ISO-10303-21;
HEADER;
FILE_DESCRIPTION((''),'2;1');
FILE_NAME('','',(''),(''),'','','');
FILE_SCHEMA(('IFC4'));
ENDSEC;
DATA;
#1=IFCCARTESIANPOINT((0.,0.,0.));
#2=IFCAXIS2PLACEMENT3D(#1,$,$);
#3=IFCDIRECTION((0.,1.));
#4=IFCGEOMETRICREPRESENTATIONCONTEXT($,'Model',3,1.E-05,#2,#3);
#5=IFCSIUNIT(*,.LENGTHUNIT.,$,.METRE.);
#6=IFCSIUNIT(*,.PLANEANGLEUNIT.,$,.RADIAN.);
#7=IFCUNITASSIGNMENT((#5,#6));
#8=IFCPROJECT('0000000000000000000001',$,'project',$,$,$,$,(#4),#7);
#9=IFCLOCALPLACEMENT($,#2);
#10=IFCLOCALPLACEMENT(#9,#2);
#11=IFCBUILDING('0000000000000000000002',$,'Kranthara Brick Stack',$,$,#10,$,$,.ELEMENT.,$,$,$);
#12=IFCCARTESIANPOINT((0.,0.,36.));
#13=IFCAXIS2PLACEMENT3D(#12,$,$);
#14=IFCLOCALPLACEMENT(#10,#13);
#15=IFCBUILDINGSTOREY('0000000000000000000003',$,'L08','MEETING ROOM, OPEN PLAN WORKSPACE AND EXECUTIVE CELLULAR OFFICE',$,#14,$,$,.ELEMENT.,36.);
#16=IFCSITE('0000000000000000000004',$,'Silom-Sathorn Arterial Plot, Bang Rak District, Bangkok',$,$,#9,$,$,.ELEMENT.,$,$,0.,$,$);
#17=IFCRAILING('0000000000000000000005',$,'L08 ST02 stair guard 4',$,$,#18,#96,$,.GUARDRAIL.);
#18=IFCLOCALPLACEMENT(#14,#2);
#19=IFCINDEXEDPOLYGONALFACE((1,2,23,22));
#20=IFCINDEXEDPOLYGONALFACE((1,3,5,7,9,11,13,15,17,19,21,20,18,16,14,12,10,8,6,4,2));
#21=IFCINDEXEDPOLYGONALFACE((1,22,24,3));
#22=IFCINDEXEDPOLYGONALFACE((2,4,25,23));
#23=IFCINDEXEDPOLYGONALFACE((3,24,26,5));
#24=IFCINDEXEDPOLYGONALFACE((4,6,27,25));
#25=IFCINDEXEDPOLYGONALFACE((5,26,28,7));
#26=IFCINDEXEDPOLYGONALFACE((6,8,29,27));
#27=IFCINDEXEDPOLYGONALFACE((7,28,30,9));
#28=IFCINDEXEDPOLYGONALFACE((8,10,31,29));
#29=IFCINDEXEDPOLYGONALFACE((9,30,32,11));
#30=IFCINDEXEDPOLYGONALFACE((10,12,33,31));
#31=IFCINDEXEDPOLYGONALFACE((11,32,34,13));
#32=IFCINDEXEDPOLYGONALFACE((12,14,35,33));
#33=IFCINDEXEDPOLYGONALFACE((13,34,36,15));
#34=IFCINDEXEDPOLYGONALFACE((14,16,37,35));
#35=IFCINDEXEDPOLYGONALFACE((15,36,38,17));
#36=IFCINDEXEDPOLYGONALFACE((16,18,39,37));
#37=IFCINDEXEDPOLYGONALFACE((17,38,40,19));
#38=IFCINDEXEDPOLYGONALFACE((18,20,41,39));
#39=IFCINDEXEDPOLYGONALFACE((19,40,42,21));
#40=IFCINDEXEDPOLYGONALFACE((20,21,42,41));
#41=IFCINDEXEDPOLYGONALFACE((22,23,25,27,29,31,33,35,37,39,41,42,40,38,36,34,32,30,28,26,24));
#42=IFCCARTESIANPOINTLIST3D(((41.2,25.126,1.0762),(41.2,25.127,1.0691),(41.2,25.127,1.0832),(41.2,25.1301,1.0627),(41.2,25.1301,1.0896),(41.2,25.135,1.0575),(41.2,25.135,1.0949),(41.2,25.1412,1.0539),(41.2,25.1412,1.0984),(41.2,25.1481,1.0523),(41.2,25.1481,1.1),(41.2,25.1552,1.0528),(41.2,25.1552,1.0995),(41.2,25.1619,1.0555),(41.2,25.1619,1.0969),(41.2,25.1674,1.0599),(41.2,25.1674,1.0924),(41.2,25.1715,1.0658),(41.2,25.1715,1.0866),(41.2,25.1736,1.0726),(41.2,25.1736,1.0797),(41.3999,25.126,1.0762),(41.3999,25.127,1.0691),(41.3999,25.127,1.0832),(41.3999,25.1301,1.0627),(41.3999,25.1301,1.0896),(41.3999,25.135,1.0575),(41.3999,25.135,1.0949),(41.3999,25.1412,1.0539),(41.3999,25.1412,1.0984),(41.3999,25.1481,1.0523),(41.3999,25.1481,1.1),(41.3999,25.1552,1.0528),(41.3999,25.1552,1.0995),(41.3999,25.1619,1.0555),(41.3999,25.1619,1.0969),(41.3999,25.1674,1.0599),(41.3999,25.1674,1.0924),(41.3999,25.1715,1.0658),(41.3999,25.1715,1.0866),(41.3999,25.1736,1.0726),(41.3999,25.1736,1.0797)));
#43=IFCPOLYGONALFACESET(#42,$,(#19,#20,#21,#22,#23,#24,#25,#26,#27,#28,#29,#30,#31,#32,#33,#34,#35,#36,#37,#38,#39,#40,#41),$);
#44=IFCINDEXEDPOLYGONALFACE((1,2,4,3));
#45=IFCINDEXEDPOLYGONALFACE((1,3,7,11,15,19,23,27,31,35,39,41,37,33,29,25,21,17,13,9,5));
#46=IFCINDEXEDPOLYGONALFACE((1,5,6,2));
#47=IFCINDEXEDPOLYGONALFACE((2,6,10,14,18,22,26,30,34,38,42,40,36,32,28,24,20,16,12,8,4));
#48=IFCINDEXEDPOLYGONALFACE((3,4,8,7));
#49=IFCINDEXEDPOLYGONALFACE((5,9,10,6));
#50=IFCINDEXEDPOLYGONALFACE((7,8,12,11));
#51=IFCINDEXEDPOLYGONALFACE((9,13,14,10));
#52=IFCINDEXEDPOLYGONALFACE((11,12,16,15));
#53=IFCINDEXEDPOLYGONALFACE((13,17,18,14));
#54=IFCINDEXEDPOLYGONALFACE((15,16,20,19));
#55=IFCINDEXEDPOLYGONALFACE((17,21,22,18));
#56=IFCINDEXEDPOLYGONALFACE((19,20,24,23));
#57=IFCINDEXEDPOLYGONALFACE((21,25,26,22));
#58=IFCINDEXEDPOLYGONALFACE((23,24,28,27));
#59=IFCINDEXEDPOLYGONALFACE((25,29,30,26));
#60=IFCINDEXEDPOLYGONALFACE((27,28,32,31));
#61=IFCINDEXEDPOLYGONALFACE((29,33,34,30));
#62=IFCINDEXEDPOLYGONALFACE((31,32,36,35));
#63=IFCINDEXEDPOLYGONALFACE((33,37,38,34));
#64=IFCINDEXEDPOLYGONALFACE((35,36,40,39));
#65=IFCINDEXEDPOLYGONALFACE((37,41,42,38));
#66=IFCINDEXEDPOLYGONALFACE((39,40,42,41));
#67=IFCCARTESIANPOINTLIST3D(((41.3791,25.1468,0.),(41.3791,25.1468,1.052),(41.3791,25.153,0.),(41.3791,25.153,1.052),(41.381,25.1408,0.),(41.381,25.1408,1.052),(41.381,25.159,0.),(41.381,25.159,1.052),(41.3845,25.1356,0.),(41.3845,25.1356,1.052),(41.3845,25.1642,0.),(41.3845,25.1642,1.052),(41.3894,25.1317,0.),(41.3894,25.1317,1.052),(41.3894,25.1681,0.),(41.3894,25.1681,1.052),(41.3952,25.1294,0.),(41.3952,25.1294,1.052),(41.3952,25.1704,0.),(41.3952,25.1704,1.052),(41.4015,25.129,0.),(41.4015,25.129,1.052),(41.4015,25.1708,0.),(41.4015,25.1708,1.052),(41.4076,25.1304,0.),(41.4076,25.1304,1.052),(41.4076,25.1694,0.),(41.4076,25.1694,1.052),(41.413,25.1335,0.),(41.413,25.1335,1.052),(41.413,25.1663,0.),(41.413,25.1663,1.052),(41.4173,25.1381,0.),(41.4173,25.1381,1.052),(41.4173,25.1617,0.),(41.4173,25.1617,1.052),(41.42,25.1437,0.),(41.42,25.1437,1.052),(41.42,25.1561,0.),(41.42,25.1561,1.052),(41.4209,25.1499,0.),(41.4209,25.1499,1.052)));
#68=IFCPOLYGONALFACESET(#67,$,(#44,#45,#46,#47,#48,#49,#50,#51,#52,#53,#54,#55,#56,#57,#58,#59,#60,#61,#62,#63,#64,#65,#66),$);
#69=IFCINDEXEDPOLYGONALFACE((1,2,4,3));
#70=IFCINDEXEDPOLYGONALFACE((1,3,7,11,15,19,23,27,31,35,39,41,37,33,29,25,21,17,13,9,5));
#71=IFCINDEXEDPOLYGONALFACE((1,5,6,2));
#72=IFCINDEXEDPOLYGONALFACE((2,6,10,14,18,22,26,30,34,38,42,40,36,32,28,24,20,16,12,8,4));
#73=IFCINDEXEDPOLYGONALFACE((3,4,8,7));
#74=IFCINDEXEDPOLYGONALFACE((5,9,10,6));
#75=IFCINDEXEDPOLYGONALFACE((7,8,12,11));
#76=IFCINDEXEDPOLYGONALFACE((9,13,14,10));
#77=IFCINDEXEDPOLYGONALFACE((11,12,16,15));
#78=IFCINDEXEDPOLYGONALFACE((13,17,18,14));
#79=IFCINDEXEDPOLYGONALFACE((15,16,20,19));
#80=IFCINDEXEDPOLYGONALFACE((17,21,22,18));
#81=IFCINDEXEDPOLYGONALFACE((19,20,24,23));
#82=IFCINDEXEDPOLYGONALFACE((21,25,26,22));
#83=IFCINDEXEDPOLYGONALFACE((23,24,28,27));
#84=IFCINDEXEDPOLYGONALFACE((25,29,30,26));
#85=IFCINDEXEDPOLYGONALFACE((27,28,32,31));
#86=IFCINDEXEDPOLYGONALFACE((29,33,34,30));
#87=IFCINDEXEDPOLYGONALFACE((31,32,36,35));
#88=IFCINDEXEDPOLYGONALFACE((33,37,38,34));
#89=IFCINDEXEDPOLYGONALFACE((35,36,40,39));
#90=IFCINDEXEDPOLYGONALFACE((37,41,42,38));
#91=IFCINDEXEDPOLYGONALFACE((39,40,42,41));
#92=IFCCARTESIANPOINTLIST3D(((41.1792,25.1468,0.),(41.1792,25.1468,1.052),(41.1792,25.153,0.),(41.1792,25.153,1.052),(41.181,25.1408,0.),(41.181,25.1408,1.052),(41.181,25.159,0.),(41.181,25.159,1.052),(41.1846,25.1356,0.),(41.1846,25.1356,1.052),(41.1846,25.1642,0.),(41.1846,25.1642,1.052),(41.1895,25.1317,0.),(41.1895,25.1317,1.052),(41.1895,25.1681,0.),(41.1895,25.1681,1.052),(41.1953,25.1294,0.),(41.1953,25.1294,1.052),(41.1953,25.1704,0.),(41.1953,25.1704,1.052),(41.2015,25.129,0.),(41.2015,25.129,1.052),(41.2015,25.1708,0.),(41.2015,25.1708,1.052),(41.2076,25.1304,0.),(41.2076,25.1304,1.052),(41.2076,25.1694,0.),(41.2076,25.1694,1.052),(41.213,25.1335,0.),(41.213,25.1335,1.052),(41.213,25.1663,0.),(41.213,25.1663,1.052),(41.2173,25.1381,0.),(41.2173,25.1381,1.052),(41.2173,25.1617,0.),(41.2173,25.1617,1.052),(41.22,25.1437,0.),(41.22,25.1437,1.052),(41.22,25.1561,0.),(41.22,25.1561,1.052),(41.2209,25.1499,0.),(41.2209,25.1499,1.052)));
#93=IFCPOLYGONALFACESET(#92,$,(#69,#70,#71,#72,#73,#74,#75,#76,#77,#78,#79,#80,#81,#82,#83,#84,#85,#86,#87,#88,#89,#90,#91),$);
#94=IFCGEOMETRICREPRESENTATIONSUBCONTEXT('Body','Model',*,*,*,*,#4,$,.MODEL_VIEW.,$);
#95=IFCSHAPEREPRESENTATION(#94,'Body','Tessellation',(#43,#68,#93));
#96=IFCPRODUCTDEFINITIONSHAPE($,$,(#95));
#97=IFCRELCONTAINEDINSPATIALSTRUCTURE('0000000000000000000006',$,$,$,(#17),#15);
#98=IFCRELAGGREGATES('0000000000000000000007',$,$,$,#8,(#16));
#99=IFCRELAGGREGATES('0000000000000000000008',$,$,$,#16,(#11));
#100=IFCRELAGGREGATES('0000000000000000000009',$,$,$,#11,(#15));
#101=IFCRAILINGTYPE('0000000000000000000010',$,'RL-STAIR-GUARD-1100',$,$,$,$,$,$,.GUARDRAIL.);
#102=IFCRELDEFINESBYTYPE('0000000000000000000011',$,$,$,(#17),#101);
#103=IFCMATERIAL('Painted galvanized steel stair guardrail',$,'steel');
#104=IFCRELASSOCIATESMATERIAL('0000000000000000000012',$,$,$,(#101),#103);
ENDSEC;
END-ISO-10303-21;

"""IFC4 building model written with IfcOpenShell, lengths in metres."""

from ifc_helpers import new_model, si_unit, direction, frame, origin, origin_2d, place, context, subcontext, project, spatial, circle, extrude, material, type_object, element, save


model = new_model("IFC4")

# Units and contexts
model_context = context("Model", 3, precision=1e-05, world=origin(), true_north=direction((0.0, 1.0)))
body_context = subcontext(model_context, "Body", "Model", "MODEL_VIEW")
ifc_project = project(units=[si_unit("LENGTHUNIT", "METRE"), si_unit("PLANEANGLEUNIT", "RADIAN")], contexts=[model_context])

# Site, building, storey
site_placement = place(None, origin())
site = spatial("IfcSite", under=ifc_project, at=site_placement, Name="Silom-Sathorn Arterial Plot, Bang Rak District, Bangkok", CompositionType="ELEMENT", RefElevation=0.0)
building_placement = place(site_placement, origin())
building = spatial("IfcBuilding", under=site, at=building_placement, Name="Kranthara Brick Stack", CompositionType="ELEMENT")
storey_placement = place(building_placement, frame((0.0, 0.0, 36.0)))
storey = spatial("IfcBuildingStorey", under=building, at=storey_placement, Name="L08", Description="MEETING ROOM, OPEN PLAN WORKSPACE AND EXECUTIVE CELLULAR OFFICE", CompositionType="ELEMENT", Elevation=36.0)

# Railing
ifc_material_1 = material(Name="Painted galvanized steel stair guardrail", Category="steel")
railing_type = type_object("IfcRailingType", Name="RL-STAIR-GUARD-1100", PredefinedType="GUARDRAIL", material=ifc_material_1)
railing_1_placement = place(storey_placement, frame((41.3999, 25.1499, 0.0)))
element("IfcRailing", 1, at=railing_1_placement, inside=storey, type_object=railing_type, Name="L08 ST02 stair guard 4", PredefinedType="GUARDRAIL", context=body_context, shape_type="SweptSolid", body=[
    extrude(circle(Radius=0.0239, at=origin_2d()), frame((0.0, 0.0, 1.0762), z_axis=(-1.0, 0.0, 0.0), x_axis=(0.0, -1.0, 0.0)), (0.0, 0.0, 1.0), 0.2),
    extrude(circle(Radius=0.021, at=origin_2d()), origin(), (0.0, 0.0, 1.0), 1.052),
    extrude(circle(Radius=0.021, at=origin_2d()), frame((-0.2, 0.0, 0.0)), (0.0, 0.0, 1.0), 1.052),
])

save(model, "model.ifc")
